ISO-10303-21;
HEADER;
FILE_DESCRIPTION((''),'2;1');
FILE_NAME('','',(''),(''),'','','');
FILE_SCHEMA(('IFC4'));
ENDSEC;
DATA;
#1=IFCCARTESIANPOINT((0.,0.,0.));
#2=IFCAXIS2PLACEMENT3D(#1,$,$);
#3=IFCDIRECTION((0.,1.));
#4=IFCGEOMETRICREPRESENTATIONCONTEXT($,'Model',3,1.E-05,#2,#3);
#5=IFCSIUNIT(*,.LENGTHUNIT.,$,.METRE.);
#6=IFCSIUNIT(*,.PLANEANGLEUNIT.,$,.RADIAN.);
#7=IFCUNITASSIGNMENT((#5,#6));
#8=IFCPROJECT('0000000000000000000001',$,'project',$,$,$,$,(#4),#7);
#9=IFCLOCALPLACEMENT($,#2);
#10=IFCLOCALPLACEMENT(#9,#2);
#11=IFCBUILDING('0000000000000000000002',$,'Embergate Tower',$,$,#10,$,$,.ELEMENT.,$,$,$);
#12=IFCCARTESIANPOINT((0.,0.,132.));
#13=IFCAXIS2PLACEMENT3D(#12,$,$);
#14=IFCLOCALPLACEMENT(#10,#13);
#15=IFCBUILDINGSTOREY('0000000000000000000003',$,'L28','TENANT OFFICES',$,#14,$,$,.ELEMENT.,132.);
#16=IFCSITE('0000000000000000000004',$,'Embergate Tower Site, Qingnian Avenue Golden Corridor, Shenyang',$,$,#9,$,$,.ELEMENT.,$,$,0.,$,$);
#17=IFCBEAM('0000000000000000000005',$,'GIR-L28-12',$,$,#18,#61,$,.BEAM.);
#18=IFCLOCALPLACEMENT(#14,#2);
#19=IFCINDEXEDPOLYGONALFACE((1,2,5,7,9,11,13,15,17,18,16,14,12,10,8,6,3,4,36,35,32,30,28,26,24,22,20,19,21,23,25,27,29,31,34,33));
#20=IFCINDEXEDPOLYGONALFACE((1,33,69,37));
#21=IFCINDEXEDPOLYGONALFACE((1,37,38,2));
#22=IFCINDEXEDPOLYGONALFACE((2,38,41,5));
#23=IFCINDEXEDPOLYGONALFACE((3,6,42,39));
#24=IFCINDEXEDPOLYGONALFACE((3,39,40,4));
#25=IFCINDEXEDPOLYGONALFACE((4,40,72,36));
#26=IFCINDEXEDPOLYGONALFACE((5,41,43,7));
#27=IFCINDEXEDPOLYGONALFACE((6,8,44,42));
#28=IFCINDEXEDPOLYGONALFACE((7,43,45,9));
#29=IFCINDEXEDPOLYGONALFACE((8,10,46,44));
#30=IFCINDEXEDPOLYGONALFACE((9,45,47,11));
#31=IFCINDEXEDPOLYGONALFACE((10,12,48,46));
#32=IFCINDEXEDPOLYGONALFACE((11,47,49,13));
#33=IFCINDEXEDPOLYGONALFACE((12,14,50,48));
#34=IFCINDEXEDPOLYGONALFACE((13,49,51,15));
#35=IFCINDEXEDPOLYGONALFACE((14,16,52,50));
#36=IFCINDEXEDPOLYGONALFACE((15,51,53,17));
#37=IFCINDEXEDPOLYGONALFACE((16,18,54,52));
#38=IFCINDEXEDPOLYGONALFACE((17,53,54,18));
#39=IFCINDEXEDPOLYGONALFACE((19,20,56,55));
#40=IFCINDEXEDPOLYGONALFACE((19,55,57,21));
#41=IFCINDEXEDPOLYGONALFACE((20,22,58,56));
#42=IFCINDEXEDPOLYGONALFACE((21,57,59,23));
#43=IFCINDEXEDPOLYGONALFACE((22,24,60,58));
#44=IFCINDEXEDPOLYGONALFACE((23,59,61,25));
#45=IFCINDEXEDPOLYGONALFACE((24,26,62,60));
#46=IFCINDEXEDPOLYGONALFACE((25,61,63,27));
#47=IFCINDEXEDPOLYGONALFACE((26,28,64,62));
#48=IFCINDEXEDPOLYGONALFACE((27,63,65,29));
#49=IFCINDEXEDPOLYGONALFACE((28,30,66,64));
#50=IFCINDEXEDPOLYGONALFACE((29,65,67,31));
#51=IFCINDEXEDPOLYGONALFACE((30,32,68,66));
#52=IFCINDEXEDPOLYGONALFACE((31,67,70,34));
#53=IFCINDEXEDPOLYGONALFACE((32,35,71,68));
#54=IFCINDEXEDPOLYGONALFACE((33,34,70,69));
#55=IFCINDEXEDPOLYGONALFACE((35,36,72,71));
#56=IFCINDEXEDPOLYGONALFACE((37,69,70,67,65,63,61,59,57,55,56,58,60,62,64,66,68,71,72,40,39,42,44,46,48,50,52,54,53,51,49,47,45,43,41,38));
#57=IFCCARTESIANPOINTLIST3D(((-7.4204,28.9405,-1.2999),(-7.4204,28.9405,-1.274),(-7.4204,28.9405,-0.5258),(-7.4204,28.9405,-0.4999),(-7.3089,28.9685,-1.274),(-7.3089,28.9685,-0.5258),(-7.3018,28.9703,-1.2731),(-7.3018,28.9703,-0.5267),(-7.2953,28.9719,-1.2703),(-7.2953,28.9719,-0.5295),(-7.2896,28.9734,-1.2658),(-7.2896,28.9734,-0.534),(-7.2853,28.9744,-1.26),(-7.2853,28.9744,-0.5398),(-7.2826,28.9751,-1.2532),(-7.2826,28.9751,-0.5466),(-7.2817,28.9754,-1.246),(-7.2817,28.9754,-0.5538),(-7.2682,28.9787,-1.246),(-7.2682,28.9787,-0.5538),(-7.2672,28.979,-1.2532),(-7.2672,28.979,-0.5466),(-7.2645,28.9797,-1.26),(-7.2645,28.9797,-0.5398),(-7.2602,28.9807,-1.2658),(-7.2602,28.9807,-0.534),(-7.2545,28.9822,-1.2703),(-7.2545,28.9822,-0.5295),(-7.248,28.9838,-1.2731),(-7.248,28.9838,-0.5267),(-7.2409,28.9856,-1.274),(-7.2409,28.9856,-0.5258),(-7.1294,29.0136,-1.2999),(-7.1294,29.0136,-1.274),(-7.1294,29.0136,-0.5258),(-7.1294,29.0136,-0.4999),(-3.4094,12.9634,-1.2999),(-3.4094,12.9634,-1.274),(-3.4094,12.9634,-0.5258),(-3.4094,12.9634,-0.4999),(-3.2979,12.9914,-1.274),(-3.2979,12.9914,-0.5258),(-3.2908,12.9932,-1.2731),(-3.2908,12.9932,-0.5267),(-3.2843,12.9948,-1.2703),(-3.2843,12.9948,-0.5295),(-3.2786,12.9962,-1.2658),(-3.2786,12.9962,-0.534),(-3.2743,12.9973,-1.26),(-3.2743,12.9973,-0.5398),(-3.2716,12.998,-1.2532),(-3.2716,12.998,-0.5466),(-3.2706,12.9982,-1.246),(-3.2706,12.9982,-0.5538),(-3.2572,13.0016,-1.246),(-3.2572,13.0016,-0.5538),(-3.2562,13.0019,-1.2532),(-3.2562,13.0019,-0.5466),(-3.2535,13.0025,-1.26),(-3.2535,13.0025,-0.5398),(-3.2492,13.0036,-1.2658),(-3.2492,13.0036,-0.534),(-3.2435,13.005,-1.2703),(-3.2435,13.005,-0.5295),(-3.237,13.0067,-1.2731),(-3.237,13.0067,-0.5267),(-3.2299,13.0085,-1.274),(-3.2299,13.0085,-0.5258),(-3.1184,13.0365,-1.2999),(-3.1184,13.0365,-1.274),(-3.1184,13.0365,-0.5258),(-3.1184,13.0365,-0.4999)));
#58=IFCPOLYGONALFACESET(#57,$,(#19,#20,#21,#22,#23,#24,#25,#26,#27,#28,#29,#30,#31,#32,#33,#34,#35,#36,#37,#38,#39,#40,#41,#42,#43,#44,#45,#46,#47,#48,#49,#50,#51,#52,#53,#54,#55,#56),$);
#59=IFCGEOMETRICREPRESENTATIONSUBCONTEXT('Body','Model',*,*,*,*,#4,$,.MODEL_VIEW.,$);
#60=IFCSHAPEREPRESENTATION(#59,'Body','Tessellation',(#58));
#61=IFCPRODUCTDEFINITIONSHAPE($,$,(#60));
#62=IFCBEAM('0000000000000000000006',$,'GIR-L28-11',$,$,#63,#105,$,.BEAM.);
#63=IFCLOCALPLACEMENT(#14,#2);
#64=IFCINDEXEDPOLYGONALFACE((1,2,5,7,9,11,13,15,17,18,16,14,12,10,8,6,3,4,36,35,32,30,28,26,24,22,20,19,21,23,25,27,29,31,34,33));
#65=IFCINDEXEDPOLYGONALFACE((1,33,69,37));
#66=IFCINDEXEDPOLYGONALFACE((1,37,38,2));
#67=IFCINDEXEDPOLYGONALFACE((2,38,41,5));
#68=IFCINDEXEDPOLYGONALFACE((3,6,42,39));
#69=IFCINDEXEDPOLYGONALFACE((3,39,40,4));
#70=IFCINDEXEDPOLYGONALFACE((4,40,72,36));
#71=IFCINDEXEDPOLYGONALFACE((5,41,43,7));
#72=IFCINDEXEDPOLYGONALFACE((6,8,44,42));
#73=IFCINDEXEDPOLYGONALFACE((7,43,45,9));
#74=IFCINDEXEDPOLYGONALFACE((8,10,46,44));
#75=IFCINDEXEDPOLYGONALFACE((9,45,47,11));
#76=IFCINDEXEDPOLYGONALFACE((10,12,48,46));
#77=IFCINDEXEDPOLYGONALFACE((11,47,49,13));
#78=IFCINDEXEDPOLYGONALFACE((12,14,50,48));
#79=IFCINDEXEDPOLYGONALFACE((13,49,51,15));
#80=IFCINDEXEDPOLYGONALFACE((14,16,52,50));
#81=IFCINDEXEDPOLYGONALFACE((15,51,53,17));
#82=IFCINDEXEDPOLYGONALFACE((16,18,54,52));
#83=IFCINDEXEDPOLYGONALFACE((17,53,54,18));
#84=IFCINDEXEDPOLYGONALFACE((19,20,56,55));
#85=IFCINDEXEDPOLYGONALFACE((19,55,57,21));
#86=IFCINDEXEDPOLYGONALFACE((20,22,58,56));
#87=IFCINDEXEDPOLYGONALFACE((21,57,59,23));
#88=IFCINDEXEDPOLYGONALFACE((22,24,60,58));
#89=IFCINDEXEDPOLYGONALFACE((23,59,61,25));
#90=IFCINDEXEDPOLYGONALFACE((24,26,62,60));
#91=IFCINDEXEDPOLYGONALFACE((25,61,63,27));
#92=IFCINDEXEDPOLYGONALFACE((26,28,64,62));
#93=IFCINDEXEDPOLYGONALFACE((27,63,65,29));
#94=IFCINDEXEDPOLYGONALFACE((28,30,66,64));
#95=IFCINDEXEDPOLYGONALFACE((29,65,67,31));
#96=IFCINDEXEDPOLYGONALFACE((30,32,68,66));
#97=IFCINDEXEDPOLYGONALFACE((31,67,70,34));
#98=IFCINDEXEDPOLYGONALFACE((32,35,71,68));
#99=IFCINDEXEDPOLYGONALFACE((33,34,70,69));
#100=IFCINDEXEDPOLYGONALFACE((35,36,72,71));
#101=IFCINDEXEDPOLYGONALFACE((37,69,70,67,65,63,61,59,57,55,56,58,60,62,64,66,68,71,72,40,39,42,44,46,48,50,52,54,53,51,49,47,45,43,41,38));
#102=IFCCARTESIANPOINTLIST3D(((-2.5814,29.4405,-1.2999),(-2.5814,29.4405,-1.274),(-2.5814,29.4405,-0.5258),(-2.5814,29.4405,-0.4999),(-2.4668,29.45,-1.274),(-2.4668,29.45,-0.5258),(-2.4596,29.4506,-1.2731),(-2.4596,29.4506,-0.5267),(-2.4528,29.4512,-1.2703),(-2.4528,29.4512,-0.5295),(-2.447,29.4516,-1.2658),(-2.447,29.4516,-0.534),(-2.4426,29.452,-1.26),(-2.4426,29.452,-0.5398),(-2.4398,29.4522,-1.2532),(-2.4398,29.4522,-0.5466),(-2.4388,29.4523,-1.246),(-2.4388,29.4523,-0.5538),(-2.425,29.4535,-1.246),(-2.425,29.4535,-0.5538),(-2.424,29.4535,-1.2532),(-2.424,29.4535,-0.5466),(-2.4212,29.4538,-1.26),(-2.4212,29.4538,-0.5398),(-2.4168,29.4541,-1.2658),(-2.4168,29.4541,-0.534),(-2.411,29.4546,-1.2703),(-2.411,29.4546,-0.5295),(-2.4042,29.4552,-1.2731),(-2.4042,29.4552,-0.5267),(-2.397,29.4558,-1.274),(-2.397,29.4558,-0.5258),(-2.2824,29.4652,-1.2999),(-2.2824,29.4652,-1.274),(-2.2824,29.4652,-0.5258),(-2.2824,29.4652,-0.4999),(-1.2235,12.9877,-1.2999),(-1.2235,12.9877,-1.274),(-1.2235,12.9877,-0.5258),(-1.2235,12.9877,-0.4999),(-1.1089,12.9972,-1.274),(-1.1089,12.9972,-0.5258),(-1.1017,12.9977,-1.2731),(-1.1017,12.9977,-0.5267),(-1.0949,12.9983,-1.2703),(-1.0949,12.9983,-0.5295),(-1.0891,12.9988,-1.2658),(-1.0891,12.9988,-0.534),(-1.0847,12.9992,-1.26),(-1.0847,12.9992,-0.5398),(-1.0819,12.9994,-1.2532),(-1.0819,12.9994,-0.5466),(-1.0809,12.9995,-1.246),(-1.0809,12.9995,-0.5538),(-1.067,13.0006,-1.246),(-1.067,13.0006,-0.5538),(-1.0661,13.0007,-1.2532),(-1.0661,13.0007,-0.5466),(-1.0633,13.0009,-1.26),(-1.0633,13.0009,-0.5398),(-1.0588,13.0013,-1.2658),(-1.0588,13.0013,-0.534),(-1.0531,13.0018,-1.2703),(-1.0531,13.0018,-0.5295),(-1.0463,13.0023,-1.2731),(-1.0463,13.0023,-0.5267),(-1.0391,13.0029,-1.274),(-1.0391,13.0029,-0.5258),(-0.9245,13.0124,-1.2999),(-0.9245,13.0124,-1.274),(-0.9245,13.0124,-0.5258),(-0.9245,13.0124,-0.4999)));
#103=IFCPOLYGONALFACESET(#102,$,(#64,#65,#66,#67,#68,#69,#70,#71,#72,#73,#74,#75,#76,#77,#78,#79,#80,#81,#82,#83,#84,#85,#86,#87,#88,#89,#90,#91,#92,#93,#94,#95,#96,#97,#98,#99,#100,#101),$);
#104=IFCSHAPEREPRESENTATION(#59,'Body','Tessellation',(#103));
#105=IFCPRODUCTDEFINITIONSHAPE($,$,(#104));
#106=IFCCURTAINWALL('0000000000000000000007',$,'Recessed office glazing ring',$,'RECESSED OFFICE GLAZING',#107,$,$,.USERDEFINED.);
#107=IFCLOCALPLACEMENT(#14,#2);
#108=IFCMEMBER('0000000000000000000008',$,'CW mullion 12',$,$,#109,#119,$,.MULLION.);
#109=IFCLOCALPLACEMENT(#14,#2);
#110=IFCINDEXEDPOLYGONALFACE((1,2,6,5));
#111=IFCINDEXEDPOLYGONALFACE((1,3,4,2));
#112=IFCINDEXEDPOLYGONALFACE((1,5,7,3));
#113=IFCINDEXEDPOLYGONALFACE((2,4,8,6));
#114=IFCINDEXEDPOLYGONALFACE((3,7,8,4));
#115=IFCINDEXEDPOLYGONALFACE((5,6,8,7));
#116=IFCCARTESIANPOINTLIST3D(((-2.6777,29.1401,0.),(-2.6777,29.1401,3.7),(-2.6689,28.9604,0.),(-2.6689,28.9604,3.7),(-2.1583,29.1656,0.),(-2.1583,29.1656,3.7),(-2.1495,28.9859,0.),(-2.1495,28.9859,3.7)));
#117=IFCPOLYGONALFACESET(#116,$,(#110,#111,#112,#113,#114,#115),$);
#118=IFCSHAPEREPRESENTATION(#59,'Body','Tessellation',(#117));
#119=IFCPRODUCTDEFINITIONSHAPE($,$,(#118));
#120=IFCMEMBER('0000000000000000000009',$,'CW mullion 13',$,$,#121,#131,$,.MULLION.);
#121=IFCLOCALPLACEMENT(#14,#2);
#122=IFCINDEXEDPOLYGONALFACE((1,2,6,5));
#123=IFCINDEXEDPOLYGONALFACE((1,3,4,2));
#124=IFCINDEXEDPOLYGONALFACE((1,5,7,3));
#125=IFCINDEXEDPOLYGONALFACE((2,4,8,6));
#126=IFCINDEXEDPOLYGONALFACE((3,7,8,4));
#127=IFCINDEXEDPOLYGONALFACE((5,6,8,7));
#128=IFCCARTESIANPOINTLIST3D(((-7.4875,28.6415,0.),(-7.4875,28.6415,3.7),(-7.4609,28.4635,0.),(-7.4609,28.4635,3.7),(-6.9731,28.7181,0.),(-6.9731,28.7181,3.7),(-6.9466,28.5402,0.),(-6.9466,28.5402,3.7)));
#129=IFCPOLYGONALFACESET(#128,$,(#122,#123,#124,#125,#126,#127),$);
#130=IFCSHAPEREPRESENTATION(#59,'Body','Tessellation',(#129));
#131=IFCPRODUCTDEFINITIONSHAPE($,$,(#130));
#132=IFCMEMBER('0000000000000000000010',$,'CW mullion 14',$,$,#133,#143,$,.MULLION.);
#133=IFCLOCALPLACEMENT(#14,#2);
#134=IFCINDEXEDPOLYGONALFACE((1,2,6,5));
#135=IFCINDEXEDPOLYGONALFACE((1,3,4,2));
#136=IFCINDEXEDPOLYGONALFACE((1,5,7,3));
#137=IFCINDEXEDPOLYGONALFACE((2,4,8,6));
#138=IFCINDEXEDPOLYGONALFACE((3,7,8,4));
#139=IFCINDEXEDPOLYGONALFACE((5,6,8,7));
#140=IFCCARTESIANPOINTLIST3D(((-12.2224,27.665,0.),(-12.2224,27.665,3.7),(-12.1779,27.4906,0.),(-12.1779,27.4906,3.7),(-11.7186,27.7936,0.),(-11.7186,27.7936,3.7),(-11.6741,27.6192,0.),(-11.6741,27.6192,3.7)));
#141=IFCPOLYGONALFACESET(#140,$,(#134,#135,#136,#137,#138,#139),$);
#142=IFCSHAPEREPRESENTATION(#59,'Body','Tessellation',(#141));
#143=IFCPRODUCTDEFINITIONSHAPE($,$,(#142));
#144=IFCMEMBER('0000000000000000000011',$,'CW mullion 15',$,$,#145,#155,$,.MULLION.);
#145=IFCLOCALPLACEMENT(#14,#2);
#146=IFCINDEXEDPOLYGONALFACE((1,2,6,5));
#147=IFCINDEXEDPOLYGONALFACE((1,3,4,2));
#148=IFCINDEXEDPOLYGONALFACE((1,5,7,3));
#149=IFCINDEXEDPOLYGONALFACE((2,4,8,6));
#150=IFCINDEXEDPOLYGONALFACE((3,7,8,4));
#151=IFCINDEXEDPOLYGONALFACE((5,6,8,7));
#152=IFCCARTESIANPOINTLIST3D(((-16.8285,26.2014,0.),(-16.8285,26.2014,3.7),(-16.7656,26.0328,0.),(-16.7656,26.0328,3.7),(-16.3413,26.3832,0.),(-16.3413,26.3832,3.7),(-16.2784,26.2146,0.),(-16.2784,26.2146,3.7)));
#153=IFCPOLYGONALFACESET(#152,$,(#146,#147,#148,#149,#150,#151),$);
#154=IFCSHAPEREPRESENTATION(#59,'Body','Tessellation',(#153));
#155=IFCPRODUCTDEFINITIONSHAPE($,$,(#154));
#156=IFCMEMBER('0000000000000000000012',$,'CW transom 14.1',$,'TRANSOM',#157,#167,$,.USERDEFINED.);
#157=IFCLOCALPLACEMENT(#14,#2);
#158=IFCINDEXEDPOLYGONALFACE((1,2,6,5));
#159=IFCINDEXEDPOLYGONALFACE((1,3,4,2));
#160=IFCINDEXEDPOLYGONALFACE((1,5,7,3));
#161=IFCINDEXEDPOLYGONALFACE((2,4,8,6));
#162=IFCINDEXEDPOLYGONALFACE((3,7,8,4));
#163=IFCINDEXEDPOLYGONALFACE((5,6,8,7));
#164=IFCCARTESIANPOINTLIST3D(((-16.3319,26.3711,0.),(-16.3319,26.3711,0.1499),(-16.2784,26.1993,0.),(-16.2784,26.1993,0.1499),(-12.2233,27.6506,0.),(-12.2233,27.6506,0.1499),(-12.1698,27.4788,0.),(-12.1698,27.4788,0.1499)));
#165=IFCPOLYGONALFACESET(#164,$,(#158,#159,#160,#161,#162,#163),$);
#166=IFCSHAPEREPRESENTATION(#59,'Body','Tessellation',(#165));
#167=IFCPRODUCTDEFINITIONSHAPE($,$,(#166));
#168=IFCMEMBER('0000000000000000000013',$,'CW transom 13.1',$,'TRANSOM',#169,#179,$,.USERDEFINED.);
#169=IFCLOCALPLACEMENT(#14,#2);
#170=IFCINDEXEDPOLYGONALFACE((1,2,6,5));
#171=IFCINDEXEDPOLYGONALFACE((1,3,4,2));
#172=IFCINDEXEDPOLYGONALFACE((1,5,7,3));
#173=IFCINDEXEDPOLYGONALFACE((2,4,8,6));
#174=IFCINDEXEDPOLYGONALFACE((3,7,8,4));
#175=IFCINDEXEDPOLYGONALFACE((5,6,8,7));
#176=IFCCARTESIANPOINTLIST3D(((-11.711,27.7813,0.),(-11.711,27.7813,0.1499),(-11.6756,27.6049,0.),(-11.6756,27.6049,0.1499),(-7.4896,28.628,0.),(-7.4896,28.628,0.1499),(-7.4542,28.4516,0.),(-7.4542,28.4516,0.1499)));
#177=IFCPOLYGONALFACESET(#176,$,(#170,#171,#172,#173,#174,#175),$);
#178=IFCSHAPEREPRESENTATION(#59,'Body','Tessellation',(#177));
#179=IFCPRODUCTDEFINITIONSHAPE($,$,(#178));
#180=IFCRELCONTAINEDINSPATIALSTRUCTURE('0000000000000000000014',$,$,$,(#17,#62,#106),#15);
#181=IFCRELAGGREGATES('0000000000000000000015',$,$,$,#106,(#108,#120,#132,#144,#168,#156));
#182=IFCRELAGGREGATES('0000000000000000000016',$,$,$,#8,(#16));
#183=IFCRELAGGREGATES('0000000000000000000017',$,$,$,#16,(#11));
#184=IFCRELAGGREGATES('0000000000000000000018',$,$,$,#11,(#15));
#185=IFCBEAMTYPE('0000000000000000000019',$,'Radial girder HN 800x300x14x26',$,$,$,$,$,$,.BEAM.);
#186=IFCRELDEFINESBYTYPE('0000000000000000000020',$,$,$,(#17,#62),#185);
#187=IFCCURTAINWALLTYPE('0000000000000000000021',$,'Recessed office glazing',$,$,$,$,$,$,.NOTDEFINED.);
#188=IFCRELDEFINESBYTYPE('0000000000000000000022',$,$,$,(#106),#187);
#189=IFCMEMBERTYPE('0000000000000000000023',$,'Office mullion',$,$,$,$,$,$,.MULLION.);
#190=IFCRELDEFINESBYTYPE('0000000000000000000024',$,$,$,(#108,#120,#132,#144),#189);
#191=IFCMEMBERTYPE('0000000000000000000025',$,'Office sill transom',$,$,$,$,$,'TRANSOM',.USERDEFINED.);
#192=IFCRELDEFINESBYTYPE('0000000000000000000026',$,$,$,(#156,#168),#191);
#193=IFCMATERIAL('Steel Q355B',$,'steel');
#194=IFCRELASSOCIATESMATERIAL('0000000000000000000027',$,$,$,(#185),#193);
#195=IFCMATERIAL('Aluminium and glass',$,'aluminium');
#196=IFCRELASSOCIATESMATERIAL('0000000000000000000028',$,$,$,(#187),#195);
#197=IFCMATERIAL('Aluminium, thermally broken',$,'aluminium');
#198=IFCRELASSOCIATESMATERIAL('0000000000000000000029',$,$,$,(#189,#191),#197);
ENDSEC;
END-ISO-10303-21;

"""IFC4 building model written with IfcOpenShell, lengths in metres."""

from ifc_helpers import new_model, si_unit, direction, frame, origin, origin_2d, place, context, subcontext, project, spatial, rectangle, i_section, extrude, source, transform, mapped, material, material_profile, profile_set, type_object, element, aggregate, save


model = new_model("IFC4")

# Units and contexts
model_context = context("Model", 3, precision=1e-05, world=origin(), true_north=direction((0.0, 1.0)))
body_context = subcontext(model_context, "Body", "Model", "MODEL_VIEW")
ifc_project = project(units=[si_unit("LENGTHUNIT", "METRE"), si_unit("PLANEANGLEUNIT", "RADIAN")], contexts=[model_context])

# Site, building, storey
site_placement = place(None, origin())
site = spatial("IfcSite", under=ifc_project, at=site_placement, Name="Embergate Tower Site, Qingnian Avenue Golden Corridor, Shenyang", CompositionType="ELEMENT", RefElevation=0.0)
building_placement = place(site_placement, origin())
building = spatial("IfcBuilding", under=site, at=building_placement, Name="Embergate Tower", CompositionType="ELEMENT")
storey_placement = place(building_placement, frame((0.0, 0.0, 132.0)))
storey = spatial("IfcBuildingStorey", under=building, at=storey_placement, Name="L28", Description="TENANT OFFICES", CompositionType="ELEMENT", Elevation=132.0)

# Beams
ifc_material_1 = material(Name="Steel Q355B", Category="steel")
ifc_material_profile_1 = material_profile(ifc_material_1, i_section(OverallWidth=0.3, OverallDepth=0.8, WebThickness=0.0139, FlangeThickness=0.0259, FilletRadius=0.0281, at=origin_2d()), Name="HN 800x300x14x26")
ifc_profile_set_1 = profile_set([ifc_material_profile_1], Name="Steel Q355 grade B")
beam_type_1 = type_object("IfcBeamType", Name="Radial girder HN 800x300x14x26", PredefinedType="BEAM", material=ifc_profile_set_1)
shared_shape_1 = source(origin(), body_context, "Body", "SweptSolid", [
    extrude(i_section(OverallWidth=0.3, OverallDepth=0.8, WebThickness=0.0139, FlangeThickness=0.0259, FilletRadius=0.0281, at=origin_2d()), origin(), (0.0, 0.0, 1.0), 16.4729),
])
beam_1_placement = place(storey_placement, frame((-7.2749, 28.9771, -0.8999), z_axis=(0.243491, -0.969903, 0.0), x_axis=(0.969903, 0.243491, 0.0)))
element("IfcBeam", 1, at=beam_1_placement, inside=storey, type_object=beam_type_1, Name="GIR-L28-12", PredefinedType="BEAM", context=body_context, shape_type="MappedRepresentation", body=[
    mapped(shared_shape_1, transform((0.0, 0.0, 0.0))),
])
shared_shape_2 = source(origin(), body_context, "Body", "SweptSolid", [
    extrude(i_section(OverallWidth=0.3, OverallDepth=0.8, WebThickness=0.0139, FlangeThickness=0.0259, FilletRadius=0.0281, at=origin_2d()), origin(), (0.0, 0.0, 1.0), 16.5088),
])
beam_2_placement = place(storey_placement, frame((-2.4319, 29.4529, -0.8999), z_axis=(0.082254, -0.996611, 0.0), x_axis=(0.996611, 0.082254, 0.0)))
element("IfcBeam", 2, at=beam_2_placement, inside=storey, type_object=beam_type_1, Name="GIR-L28-11", PredefinedType="BEAM", context=body_context, shape_type="MappedRepresentation", body=[
    mapped(shared_shape_2, transform((0.0, 0.0, 0.0))),
])

# Curtain wall, members
ifc_material_2 = material(Name="Aluminium and glass", Category="aluminium")
curtain_wall_type = type_object("IfcCurtainWallType", Name="Recessed office glazing", PredefinedType="NOTDEFINED", material=ifc_material_2)
curtain_wall_placement = place(storey_placement, origin())
curtain_wall = element("IfcCurtainWall", 3, at=curtain_wall_placement, inside=storey, type_object=curtain_wall_type, Name="Recessed office glazing ring", ObjectType="RECESSED OFFICE GLAZING", PredefinedType="USERDEFINED")
ifc_material_3 = material(Name="Aluminium, thermally broken", Category="aluminium")
ifc_material_profile_2 = material_profile(ifc_material_3, rectangle(XDim=0.1799, YDim=0.52, at=origin_2d()), Name="AL 520x180")
ifc_profile_set_2 = profile_set([ifc_material_profile_2], Name="Aluminium, thermally broken")
member_type_1 = type_object("IfcMemberType", Name="Office mullion", PredefinedType="MULLION", material=ifc_profile_set_2)
shared_shape_3 = source(origin(), body_context, "Body", "SweptSolid", [
    extrude(rectangle(XDim=0.1799, YDim=0.52, at=origin_2d()), origin(), (0.0, 0.0, 1.0), 3.7),
])
member_1_placement = place(storey_placement, frame((-2.4136, 29.063, 0.0), z_axis=(0.0, 0.0, 1.0), x_axis=(0.048972, -0.9988, 0.0)))
member_1 = element("IfcMember", 4, at=member_1_placement, type_object=member_type_1, Name="CW mullion 12", PredefinedType="MULLION", context=body_context, shape_type="MappedRepresentation", body=[
    mapped(shared_shape_3, transform((0.0, 0.0, 0.0))),
])
member_2_placement = place(storey_placement, frame((-7.217, 28.5908, 0.0), z_axis=(0.0, 0.0, 1.0), x_axis=(0.147411, -0.989075, 0.0)))
member_2 = element("IfcMember", 5, at=member_2_placement, type_object=member_type_1, Name="CW mullion 13", PredefinedType="MULLION", context=body_context, shape_type="MappedRepresentation", body=[
    mapped(shared_shape_3, transform((0.0, 0.0, 0.0))),
])
member_3_placement = place(storey_placement, frame((-11.9482, 27.6421, 0.0), z_axis=(0.0, 0.0, 1.0), x_axis=(0.24731, -0.968936, 0.0)))
member_3 = element("IfcMember", 6, at=member_3_placement, type_object=member_type_1, Name="CW mullion 14", PredefinedType="MULLION", context=body_context, shape_type="MappedRepresentation", body=[
    mapped(shared_shape_3, transform((0.0, 0.0, 0.0))),
])
member_4_placement = place(storey_placement, frame((-16.5535, 26.208, 0.0), z_axis=(0.0, 0.0, 1.0), x_axis=(0.349501, -0.936936, 0.0)))
member_4 = element("IfcMember", 7, at=member_4_placement, type_object=member_type_1, Name="CW mullion 15", PredefinedType="MULLION", context=body_context, shape_type="MappedRepresentation", body=[
    mapped(shared_shape_3, transform((0.0, 0.0, 0.0))),
])
ifc_material_profile_3 = material_profile(ifc_material_3, rectangle(XDim=0.1799, YDim=0.1499, at=origin_2d()), Name="AL 150x180")
ifc_profile_set_3 = profile_set([ifc_material_profile_3], Name="Aluminium, thermally broken")
member_type_2 = type_object("IfcMemberType", Name="Office sill transom", ElementType="TRANSOM", PredefinedType="USERDEFINED", material=ifc_profile_set_3)
shared_shape_4 = source(origin(), body_context, "Body", "SweptSolid", [
    extrude(rectangle(XDim=0.1799, YDim=0.1499, at=origin_2d()), origin(), (0.0, 0.0, 1.0), 4.3032),
])
member_5_placement = place(storey_placement, frame((-12.1965, 27.5647, 0.075), z_axis=(-0.954771, -0.297341, 0.0), x_axis=(0.297341, -0.954771, 0.0)))
member_5 = element("IfcMember", 8, at=member_5_placement, type_object=member_type_2, Name="CW transom 14.1", ObjectType="TRANSOM", PredefinedType="USERDEFINED", context=body_context, shape_type="MappedRepresentation", body=[
    mapped(shared_shape_4, transform((0.0, 0.0, 0.0))),
])
shared_shape_5 = source(origin(), body_context, "Body", "SweptSolid", [
    extrude(rectangle(XDim=0.1799, YDim=0.1499, at=origin_2d()), origin(), (0.0, 0.0, 1.0), 4.3054),
])
member_6_placement = place(storey_placement, frame((-7.4719, 28.5398, 0.075), z_axis=(-0.980474, -0.19665, 0.0), x_axis=(0.19665, -0.980474, 0.0)))
member_6 = element("IfcMember", 9, at=member_6_placement, type_object=member_type_2, Name="CW transom 13.1", ObjectType="TRANSOM", PredefinedType="USERDEFINED", context=body_context, shape_type="MappedRepresentation", body=[
    mapped(shared_shape_5, transform((0.0, 0.0, 0.0))),
])
aggregate(curtain_wall, [member_1, member_2, member_3, member_4, member_6, member_5])

save(model, "model.ifc")
